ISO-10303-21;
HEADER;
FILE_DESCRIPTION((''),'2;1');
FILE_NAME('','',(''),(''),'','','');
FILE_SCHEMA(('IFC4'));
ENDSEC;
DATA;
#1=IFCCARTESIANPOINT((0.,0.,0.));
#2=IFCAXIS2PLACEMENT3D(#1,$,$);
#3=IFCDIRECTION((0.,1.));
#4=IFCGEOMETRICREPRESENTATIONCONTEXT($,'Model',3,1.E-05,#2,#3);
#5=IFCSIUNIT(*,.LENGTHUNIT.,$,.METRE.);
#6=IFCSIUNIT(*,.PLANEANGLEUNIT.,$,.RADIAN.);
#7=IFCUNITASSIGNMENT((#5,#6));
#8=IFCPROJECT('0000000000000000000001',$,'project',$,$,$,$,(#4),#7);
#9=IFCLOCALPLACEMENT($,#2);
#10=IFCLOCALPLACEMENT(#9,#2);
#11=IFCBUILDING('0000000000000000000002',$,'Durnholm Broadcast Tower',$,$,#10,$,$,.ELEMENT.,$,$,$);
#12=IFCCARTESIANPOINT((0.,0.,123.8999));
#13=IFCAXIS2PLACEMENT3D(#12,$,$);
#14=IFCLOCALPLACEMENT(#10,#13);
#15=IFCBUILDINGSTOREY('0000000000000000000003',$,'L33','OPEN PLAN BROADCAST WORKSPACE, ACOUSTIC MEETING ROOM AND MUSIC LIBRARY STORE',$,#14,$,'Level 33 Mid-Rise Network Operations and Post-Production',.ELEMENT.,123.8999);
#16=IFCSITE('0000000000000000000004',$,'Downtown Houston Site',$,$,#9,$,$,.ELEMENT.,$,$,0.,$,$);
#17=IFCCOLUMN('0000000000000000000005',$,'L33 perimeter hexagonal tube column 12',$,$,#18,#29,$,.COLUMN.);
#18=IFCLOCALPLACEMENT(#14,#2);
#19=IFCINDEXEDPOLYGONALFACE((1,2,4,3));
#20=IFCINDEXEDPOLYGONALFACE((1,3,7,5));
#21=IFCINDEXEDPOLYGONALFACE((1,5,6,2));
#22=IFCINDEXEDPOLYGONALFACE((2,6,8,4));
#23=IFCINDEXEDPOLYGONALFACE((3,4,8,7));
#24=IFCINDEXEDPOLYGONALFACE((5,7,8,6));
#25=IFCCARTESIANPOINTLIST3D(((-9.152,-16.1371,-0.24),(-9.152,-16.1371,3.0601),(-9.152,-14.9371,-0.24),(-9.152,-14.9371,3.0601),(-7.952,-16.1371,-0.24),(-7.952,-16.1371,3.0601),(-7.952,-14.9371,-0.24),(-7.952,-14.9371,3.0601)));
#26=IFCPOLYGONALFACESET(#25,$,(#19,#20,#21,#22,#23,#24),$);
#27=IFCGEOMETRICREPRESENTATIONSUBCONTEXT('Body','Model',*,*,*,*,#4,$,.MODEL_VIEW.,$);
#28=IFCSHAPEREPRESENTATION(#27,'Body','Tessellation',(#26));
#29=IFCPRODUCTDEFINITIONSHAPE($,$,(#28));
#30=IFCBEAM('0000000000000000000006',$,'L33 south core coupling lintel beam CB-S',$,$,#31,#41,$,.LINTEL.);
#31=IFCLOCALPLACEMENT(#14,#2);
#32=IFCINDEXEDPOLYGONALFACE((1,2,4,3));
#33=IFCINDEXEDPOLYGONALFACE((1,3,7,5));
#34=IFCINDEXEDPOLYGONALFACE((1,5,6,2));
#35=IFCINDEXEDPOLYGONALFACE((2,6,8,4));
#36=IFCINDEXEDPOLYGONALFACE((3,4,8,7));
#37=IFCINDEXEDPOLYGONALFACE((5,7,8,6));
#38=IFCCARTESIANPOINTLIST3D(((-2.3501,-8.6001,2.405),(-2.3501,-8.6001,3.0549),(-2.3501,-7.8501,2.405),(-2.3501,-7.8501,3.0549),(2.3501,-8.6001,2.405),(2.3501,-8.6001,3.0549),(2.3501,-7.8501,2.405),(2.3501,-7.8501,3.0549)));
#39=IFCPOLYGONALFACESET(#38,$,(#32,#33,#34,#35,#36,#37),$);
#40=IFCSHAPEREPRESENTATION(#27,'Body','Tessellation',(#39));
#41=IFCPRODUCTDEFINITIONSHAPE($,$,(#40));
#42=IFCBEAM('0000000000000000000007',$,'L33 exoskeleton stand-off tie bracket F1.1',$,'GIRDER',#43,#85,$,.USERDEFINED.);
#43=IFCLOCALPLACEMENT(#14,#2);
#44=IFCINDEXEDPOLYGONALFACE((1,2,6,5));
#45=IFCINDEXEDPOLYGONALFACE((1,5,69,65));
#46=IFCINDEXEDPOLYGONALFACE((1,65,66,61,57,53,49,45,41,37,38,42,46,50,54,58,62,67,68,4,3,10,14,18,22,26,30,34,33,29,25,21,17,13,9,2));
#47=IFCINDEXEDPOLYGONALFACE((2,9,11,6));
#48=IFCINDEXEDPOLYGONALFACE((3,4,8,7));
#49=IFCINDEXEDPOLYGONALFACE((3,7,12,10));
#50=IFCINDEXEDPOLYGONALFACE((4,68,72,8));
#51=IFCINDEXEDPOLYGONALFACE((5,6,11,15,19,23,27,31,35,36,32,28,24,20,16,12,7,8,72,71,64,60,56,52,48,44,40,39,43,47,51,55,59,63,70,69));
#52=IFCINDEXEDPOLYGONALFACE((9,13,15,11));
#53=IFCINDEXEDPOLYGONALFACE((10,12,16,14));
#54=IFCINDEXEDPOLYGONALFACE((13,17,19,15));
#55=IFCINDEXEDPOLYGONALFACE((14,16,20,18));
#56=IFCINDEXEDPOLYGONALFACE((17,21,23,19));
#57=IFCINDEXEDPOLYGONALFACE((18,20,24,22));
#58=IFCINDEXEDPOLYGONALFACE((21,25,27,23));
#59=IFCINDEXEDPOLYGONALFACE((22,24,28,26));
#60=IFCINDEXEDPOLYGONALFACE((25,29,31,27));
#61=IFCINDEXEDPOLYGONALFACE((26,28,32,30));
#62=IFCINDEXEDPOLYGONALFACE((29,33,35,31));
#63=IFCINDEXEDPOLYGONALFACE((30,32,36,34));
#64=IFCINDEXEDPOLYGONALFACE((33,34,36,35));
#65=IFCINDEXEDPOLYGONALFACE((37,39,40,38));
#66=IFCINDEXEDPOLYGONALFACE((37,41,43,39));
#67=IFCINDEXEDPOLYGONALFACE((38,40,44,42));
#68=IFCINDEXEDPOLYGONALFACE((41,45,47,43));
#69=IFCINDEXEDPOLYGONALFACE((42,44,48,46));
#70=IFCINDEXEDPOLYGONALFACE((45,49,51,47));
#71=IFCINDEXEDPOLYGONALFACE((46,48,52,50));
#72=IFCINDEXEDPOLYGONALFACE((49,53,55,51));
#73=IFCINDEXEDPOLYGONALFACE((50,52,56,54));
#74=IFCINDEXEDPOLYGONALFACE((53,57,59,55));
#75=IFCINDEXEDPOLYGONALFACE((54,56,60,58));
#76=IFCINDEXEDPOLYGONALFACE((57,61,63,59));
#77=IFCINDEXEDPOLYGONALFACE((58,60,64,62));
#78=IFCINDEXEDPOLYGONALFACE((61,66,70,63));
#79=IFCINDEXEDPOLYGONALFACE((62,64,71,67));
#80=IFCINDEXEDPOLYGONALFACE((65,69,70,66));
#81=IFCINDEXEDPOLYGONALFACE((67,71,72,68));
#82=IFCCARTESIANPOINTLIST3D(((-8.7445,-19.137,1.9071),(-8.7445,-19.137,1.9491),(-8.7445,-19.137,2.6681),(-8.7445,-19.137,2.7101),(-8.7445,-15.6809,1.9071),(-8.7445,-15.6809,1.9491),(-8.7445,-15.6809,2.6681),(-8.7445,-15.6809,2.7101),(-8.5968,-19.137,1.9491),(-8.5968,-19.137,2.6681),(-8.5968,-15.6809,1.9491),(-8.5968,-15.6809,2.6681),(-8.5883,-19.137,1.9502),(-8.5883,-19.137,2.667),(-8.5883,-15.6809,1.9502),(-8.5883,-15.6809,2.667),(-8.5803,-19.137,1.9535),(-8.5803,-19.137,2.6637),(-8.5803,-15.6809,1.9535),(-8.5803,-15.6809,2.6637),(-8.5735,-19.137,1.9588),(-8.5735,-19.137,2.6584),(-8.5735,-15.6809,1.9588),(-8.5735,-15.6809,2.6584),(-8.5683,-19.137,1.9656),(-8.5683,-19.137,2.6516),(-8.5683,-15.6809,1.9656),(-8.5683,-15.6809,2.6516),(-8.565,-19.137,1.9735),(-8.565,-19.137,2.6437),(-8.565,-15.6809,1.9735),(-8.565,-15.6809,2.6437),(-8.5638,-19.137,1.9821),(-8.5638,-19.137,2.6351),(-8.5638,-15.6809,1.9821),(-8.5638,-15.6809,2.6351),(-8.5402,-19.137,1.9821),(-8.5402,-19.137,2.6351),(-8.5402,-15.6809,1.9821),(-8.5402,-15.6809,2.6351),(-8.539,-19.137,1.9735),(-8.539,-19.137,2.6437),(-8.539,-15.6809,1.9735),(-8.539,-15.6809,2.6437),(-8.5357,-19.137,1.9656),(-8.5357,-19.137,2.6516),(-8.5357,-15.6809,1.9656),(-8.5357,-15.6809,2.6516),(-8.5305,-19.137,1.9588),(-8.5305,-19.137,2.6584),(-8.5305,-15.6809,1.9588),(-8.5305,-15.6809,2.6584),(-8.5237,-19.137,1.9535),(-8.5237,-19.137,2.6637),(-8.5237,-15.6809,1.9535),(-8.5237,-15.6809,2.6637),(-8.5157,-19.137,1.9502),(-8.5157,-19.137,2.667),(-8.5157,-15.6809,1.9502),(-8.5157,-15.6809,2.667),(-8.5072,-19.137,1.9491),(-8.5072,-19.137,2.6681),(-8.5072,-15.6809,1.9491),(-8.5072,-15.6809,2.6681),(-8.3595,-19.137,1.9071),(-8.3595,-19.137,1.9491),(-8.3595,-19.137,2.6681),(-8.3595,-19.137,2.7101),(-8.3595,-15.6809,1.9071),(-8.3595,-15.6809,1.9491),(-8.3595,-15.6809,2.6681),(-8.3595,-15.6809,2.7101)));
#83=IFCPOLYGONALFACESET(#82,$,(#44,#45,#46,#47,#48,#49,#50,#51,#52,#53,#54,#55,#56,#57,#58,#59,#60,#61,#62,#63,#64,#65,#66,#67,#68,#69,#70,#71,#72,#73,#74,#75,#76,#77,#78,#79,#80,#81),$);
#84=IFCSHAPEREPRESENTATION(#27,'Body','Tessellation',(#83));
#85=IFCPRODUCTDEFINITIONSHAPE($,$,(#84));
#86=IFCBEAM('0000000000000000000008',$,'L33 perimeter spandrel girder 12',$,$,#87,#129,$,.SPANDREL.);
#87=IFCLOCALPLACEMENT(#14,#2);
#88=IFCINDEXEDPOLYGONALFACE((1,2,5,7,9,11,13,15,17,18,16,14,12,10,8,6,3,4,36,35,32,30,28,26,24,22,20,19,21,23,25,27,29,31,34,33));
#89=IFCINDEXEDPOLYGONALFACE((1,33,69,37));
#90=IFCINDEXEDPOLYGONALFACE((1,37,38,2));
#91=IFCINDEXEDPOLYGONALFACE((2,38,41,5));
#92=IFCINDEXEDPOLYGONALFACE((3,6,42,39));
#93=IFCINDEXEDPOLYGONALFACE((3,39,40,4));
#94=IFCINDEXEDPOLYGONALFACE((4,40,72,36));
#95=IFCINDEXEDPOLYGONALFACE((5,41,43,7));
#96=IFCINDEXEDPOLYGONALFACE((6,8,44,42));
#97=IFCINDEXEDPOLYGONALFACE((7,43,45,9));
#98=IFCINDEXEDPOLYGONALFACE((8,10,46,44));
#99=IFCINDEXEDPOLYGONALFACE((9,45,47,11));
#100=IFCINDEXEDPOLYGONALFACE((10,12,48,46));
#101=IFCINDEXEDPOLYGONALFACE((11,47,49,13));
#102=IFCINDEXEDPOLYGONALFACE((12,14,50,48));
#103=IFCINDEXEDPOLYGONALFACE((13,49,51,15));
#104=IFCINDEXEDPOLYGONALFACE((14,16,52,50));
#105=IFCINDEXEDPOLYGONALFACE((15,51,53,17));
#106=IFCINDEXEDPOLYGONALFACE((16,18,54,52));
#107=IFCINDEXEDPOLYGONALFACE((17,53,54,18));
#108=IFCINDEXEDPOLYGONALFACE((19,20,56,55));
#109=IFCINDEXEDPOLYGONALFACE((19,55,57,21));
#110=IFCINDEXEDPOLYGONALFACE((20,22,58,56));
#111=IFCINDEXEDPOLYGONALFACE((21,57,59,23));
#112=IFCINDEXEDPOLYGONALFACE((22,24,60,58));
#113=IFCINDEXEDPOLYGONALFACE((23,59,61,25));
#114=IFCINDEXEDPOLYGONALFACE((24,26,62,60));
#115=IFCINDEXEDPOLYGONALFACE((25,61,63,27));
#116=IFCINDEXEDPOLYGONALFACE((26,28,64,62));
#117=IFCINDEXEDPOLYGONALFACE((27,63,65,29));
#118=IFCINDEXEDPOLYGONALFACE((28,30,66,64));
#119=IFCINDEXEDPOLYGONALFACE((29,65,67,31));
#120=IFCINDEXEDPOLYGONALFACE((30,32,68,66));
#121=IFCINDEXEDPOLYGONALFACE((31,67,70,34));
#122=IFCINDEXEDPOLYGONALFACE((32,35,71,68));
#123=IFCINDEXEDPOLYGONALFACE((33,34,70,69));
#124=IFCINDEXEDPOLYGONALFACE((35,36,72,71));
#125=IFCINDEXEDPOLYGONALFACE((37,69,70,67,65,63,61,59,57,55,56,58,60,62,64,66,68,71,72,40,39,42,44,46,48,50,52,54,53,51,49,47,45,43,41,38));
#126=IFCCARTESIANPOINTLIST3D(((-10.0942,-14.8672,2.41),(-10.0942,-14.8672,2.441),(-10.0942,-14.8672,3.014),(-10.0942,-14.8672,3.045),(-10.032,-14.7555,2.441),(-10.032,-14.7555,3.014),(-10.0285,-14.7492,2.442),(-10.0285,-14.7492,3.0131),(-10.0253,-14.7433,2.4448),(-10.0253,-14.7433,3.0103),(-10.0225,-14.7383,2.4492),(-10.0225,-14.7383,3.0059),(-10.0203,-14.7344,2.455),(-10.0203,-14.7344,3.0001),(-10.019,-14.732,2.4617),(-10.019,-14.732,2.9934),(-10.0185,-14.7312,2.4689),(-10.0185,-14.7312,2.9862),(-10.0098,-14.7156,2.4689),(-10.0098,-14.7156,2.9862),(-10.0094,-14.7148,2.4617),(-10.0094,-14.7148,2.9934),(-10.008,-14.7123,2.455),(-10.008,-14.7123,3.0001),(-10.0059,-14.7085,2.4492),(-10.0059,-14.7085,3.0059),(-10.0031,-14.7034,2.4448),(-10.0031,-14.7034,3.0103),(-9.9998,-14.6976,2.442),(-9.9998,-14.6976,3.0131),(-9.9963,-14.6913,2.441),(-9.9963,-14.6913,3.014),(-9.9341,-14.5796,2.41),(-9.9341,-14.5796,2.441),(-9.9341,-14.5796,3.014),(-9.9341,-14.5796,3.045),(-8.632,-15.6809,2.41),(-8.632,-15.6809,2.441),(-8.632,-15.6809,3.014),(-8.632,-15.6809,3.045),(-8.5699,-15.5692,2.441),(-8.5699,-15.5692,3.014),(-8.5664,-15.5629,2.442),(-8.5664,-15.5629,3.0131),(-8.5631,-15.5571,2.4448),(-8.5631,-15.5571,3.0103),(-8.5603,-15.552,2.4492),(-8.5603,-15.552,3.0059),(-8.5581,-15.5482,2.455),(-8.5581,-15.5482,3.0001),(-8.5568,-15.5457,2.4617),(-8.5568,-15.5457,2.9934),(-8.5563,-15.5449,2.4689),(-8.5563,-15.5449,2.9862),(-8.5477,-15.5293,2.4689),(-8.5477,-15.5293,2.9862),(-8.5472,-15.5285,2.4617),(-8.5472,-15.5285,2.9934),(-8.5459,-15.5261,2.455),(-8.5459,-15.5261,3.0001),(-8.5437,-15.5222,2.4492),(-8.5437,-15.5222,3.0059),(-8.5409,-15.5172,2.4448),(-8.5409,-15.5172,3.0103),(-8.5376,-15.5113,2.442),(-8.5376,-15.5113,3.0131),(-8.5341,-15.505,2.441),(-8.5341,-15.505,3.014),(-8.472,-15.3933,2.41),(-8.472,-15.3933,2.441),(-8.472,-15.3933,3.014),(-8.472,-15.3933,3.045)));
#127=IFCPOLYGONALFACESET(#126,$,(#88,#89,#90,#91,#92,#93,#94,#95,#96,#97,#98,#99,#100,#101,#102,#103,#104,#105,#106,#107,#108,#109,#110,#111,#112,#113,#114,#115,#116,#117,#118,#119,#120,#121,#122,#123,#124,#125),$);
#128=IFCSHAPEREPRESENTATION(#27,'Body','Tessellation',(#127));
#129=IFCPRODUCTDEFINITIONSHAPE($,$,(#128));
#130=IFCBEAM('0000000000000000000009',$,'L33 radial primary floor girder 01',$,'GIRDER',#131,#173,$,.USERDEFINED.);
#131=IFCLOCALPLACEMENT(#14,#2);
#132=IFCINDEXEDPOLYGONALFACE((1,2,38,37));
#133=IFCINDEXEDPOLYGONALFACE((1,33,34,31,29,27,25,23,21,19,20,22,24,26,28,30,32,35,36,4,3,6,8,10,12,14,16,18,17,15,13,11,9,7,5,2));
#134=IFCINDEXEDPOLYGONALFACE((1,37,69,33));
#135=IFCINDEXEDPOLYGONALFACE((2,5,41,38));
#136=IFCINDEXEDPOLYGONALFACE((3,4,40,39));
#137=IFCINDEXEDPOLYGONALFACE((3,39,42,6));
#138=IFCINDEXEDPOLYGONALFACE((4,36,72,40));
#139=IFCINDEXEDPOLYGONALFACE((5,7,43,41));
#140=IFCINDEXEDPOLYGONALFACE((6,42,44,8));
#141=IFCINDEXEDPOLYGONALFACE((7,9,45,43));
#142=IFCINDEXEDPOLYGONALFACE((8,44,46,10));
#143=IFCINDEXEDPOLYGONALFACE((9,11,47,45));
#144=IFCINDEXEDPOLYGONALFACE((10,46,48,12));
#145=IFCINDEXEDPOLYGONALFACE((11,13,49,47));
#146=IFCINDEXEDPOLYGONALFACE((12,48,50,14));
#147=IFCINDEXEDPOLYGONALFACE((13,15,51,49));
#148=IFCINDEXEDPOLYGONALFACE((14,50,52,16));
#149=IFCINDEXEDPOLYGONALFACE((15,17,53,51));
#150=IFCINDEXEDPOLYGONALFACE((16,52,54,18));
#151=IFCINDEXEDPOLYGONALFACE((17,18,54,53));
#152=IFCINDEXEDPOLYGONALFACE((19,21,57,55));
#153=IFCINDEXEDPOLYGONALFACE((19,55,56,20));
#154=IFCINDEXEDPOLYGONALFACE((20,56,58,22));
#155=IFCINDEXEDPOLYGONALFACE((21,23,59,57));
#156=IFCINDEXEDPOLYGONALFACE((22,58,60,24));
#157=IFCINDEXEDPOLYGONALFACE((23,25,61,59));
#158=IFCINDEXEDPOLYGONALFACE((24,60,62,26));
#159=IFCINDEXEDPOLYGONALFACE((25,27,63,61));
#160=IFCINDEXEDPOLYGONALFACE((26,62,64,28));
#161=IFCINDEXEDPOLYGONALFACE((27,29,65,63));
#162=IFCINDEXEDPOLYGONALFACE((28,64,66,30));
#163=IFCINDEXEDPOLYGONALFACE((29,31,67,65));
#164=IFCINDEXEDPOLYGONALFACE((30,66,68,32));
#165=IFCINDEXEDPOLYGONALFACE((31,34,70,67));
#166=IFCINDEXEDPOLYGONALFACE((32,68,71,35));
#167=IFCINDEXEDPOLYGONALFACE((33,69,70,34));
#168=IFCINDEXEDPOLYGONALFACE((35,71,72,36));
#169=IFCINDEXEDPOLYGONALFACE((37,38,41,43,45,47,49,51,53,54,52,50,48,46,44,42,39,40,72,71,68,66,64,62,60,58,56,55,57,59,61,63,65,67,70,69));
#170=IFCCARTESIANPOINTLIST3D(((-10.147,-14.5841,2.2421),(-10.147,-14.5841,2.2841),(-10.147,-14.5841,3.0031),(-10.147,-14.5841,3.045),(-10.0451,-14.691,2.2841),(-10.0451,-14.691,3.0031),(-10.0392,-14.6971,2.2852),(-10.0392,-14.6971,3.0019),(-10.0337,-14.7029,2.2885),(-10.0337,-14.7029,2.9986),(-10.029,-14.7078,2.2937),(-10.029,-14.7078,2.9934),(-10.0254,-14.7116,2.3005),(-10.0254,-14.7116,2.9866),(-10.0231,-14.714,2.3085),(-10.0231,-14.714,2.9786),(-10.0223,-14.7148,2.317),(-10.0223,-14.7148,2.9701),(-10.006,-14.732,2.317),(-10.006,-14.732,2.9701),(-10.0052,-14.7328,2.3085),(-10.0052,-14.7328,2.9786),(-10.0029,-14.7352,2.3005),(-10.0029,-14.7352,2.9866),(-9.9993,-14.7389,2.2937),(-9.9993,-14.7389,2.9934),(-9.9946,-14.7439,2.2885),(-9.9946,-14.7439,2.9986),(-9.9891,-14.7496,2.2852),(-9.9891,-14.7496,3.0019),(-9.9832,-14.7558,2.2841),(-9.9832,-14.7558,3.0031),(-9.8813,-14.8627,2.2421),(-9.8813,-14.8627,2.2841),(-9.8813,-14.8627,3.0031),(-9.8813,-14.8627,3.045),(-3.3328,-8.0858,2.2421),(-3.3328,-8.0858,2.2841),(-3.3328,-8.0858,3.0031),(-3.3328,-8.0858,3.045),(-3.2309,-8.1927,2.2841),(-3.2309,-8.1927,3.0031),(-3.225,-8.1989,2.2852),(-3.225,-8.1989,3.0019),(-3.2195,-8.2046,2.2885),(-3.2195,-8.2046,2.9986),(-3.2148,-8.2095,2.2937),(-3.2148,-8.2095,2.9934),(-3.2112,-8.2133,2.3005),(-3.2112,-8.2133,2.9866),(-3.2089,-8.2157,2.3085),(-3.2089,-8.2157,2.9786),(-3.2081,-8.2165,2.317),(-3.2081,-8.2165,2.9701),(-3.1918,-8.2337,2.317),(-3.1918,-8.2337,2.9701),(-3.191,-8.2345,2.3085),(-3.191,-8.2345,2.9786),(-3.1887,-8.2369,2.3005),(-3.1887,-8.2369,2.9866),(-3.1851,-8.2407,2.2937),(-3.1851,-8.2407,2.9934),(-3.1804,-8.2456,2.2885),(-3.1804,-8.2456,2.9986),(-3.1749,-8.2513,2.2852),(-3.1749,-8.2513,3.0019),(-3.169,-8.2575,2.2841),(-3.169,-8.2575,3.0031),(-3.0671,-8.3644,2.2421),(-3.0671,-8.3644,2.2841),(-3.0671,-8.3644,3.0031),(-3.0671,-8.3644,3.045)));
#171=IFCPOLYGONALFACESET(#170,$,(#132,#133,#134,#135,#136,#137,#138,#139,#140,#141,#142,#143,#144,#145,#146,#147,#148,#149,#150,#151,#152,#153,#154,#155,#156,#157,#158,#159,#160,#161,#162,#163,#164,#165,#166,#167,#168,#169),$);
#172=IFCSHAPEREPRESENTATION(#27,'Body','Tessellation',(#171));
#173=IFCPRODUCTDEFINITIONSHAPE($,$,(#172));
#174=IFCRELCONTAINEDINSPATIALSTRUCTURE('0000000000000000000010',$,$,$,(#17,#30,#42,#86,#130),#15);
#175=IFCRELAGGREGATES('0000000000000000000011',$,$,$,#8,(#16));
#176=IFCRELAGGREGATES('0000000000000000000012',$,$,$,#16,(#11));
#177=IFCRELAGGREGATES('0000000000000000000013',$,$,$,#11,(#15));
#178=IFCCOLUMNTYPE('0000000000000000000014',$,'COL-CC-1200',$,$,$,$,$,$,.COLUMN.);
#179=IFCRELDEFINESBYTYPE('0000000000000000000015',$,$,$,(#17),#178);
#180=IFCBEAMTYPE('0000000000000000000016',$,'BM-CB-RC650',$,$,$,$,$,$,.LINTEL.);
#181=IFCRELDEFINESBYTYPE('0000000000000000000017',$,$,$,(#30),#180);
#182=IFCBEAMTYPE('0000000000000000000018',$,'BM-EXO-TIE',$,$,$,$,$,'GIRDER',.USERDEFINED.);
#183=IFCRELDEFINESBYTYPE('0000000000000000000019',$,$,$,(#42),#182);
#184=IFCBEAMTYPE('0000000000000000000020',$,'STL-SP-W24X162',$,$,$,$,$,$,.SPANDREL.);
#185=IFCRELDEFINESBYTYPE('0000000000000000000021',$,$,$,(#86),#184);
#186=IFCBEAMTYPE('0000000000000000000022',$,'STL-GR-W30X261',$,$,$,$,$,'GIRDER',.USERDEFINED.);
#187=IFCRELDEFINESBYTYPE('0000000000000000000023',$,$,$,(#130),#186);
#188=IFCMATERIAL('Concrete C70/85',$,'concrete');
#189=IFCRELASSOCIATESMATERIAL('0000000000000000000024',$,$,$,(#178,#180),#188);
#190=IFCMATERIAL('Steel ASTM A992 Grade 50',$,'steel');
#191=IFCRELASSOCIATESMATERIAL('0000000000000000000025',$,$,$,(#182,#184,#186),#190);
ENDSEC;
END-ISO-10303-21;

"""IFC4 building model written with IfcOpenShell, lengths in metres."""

from ifc_helpers import new_model, si_unit, direction, frame, origin, origin_2d, place, context, subcontext, project, spatial, rectangle, i_section, extrude, source, transform, mapped, material, material_profile, profile_set, type_object, type_shapes, element, save


model = new_model("IFC4")

# Units and contexts
model_context = context("Model", 3, precision=1e-05, world=origin(), true_north=direction((0.0, 1.0)))
body_context = subcontext(model_context, "Body", "Model", "MODEL_VIEW")
ifc_project = project(units=[si_unit("LENGTHUNIT", "METRE"), si_unit("PLANEANGLEUNIT", "RADIAN")], contexts=[model_context])

# Site, building, storey
site_placement = place(None, origin())
site = spatial("IfcSite", under=ifc_project, at=site_placement, Name="Downtown Houston Site", CompositionType="ELEMENT", RefElevation=0.0)
building_placement = place(site_placement, origin())
building = spatial("IfcBuilding", under=site, at=building_placement, Name="Durnholm Broadcast Tower", CompositionType="ELEMENT")
storey_placement = place(building_placement, frame((0.0, 0.0, 123.8999)))
storey = spatial("IfcBuildingStorey", under=building, at=storey_placement, Name="L33", Description="OPEN PLAN BROADCAST WORKSPACE, ACOUSTIC MEETING ROOM AND MUSIC LIBRARY STORE", LongName="Level 33 Mid-Rise Network Operations and Post-Production", CompositionType="ELEMENT", Elevation=123.8999)

# Column
ifc_material_1 = material(Name="Concrete C70/85", Category="concrete")
ifc_material_profile_1 = material_profile(ifc_material_1, rectangle(XDim=1.2, YDim=1.2, at=origin_2d()), Name="RC1200X1200")
ifc_profile_set_1 = profile_set([ifc_material_profile_1], Name="Concrete C70/85")
column_type = type_object("IfcColumnType", Name="COL-CC-1200", PredefinedType="COLUMN", material=ifc_profile_set_1)
shared_shape_1 = source(origin(), body_context, "Body", "SweptSolid", [
    extrude(rectangle(XDim=1.2, YDim=1.2, at=origin_2d()), origin(), (0.0, 0.0, 1.0), 3.3),
])
type_shapes(column_type, [shared_shape_1])
column_placement = place(storey_placement, frame((-8.552, -15.5371, -0.24), z_axis=(0.0, 0.0, 1.0), x_axis=(1.0, 0.0, 0.0)))
element("IfcColumn", 1, at=column_placement, inside=storey, type_object=column_type, Name="L33 perimeter hexagonal tube column 12", PredefinedType="COLUMN", context=body_context, shape_type="MappedRepresentation", body=[
    mapped(shared_shape_1, transform((0.0, 0.0, 0.0), x_axis=(1.0, 0.0, 0.0), y_axis=(0.0, 1.0, 0.0), z_axis=(0.0, 0.0, 1.0), scale=1.0)),
])

# Beams
ifc_material_profile_2 = material_profile(ifc_material_1, rectangle(XDim=0.75, YDim=0.6499, at=origin_2d()), Name="RC750X650")
ifc_profile_set_2 = profile_set([ifc_material_profile_2], Name="Concrete C70/85")
beam_type_1 = type_object("IfcBeamType", Name="BM-CB-RC650", PredefinedType="LINTEL", material=ifc_profile_set_2)
shared_shape_2 = source(origin(), body_context, "Body", "SweptSolid", [
    extrude(rectangle(XDim=0.75, YDim=0.6499, at=origin_2d()), origin(), (0.0, 0.0, 1.0), 4.7002),
])
type_shapes(beam_type_1, [shared_shape_2])
beam_1_placement = place(storey_placement, frame((-2.3501, -8.2251, 2.73), z_axis=(1.0, 0.0, 0.0), x_axis=(0.0, 1.0, 0.0)))
element("IfcBeam", 2, at=beam_1_placement, inside=storey, type_object=beam_type_1, Name="L33 south core coupling lintel beam CB-S", PredefinedType="LINTEL", context=body_context, shape_type="MappedRepresentation", body=[
    mapped(shared_shape_2, transform((0.0, 0.0, 0.0), x_axis=(1.0, 0.0, 0.0), y_axis=(0.0, 1.0, 0.0), z_axis=(0.0, 0.0, 1.0), scale=1.0)),
])
ifc_material_2 = material(Name="Steel ASTM A992 Grade 50", Category="steel")
ifc_material_profile_3 = material_profile(ifc_material_2, i_section(OverallWidth=0.385, OverallDepth=0.803, WebThickness=0.0237, FlangeThickness=0.042, FilletRadius=0.033, at=origin_2d()), Name="W30X261")
ifc_profile_set_3 = profile_set([ifc_material_profile_3], Name="Steel ASTM A992 Grade 50")
beam_type_2 = type_object("IfcBeamType", Name="BM-EXO-TIE", ElementType="GIRDER", PredefinedType="USERDEFINED", material=ifc_profile_set_3)
shared_shape_3 = source(origin(), body_context, "Body", "SweptSolid", [
    extrude(i_section(OverallWidth=0.385, OverallDepth=0.803, WebThickness=0.0237, FlangeThickness=0.042, FilletRadius=0.033, at=origin_2d()), origin(), (0.0, 0.0, 1.0), 3.4561),
])
beam_2_placement = place(storey_placement, frame((-8.552, -15.6809, 2.3086), z_axis=(0.0, -1.0, 0.0), x_axis=(1.0, 0.0, 0.0)))
element("IfcBeam", 3, at=beam_2_placement, inside=storey, type_object=beam_type_2, Name="L33 exoskeleton stand-off tie bracket F1.1", ObjectType="GIRDER", PredefinedType="USERDEFINED", context=body_context, shape_type="MappedRepresentation", body=[
    mapped(shared_shape_3, transform((0.0, 0.0, 0.0), x_axis=(1.0, 0.0, 0.0), y_axis=(0.0, 1.0, 0.0), z_axis=(0.0, 0.0, 1.0), scale=1.0)),
])
ifc_material_profile_4 = material_profile(ifc_material_2, i_section(OverallWidth=0.3291, OverallDepth=0.635, WebThickness=0.0178, FlangeThickness=0.031, FilletRadius=0.0278, at=origin_2d()), Name="W24X162")
ifc_profile_set_4 = profile_set([ifc_material_profile_4], Name="Steel ASTM A992 Grade 50")
beam_type_3 = type_object("IfcBeamType", Name="STL-SP-W24X162", PredefinedType="SPANDREL", material=ifc_profile_set_4)
shared_shape_4 = source(origin(), body_context, "Body", "SweptSolid", [
    extrude(i_section(OverallWidth=0.3291, OverallDepth=0.635, WebThickness=0.0178, FlangeThickness=0.031, FilletRadius=0.0278, at=origin_2d()), origin(), (0.0, 0.0, 1.0), 1.6733),
])
type_shapes(beam_type_3, [shared_shape_4])
beam_3_placement = place(storey_placement, frame((-8.552, -15.5371, 2.7275), z_axis=(-0.873799, 0.486287, 0.0), x_axis=(-0.486287, -0.873799, 0.0)))
element("IfcBeam", 4, at=beam_3_placement, inside=storey, type_object=beam_type_3, Name="L33 perimeter spandrel girder 12", PredefinedType="SPANDREL", context=body_context, shape_type="MappedRepresentation", body=[
    mapped(shared_shape_4, transform((0.0, 0.0, 0.0), x_axis=(1.0, 0.0, 0.0), y_axis=(0.0, 1.0, 0.0), z_axis=(0.0, 0.0, 1.0), scale=1.0)),
])
ifc_material_profile_5 = material_profile(ifc_material_2, i_section(OverallWidth=0.385, OverallDepth=0.803, WebThickness=0.0237, FlangeThickness=0.042, FilletRadius=0.033, at=origin_2d()), Name="W30X261")
ifc_profile_set_5 = profile_set([ifc_material_profile_5], Name="Steel ASTM A992 Grade 50")
beam_type_4 = type_object("IfcBeamType", Name="STL-GR-W30X261", ElementType="GIRDER", PredefinedType="USERDEFINED", material=ifc_profile_set_5)
shared_shape_5 = source(origin(), body_context, "Body", "SweptSolid", [
    extrude(i_section(OverallWidth=0.385, OverallDepth=0.803, WebThickness=0.0237, FlangeThickness=0.042, FilletRadius=0.033, at=origin_2d()), origin(), (0.0, 0.0, 1.0), 9.416),
])
beam_4_placement = place(storey_placement, frame((-3.2, -8.2251, 2.6436), z_axis=(-0.723683, -0.690132, 0.0), x_axis=(0.690132, -0.723683, 0.0)))
element("IfcBeam", 5, at=beam_4_placement, inside=storey, type_object=beam_type_4, Name="L33 radial primary floor girder 01", ObjectType="GIRDER", PredefinedType="USERDEFINED", context=body_context, shape_type="MappedRepresentation", body=[
    mapped(shared_shape_5, transform((0.0, 0.0, 0.0), x_axis=(1.0, 0.0, 0.0), y_axis=(0.0, 1.0, 0.0), z_axis=(0.0, 0.0, 1.0), scale=1.0)),
])

save(model, "model.ifc")
